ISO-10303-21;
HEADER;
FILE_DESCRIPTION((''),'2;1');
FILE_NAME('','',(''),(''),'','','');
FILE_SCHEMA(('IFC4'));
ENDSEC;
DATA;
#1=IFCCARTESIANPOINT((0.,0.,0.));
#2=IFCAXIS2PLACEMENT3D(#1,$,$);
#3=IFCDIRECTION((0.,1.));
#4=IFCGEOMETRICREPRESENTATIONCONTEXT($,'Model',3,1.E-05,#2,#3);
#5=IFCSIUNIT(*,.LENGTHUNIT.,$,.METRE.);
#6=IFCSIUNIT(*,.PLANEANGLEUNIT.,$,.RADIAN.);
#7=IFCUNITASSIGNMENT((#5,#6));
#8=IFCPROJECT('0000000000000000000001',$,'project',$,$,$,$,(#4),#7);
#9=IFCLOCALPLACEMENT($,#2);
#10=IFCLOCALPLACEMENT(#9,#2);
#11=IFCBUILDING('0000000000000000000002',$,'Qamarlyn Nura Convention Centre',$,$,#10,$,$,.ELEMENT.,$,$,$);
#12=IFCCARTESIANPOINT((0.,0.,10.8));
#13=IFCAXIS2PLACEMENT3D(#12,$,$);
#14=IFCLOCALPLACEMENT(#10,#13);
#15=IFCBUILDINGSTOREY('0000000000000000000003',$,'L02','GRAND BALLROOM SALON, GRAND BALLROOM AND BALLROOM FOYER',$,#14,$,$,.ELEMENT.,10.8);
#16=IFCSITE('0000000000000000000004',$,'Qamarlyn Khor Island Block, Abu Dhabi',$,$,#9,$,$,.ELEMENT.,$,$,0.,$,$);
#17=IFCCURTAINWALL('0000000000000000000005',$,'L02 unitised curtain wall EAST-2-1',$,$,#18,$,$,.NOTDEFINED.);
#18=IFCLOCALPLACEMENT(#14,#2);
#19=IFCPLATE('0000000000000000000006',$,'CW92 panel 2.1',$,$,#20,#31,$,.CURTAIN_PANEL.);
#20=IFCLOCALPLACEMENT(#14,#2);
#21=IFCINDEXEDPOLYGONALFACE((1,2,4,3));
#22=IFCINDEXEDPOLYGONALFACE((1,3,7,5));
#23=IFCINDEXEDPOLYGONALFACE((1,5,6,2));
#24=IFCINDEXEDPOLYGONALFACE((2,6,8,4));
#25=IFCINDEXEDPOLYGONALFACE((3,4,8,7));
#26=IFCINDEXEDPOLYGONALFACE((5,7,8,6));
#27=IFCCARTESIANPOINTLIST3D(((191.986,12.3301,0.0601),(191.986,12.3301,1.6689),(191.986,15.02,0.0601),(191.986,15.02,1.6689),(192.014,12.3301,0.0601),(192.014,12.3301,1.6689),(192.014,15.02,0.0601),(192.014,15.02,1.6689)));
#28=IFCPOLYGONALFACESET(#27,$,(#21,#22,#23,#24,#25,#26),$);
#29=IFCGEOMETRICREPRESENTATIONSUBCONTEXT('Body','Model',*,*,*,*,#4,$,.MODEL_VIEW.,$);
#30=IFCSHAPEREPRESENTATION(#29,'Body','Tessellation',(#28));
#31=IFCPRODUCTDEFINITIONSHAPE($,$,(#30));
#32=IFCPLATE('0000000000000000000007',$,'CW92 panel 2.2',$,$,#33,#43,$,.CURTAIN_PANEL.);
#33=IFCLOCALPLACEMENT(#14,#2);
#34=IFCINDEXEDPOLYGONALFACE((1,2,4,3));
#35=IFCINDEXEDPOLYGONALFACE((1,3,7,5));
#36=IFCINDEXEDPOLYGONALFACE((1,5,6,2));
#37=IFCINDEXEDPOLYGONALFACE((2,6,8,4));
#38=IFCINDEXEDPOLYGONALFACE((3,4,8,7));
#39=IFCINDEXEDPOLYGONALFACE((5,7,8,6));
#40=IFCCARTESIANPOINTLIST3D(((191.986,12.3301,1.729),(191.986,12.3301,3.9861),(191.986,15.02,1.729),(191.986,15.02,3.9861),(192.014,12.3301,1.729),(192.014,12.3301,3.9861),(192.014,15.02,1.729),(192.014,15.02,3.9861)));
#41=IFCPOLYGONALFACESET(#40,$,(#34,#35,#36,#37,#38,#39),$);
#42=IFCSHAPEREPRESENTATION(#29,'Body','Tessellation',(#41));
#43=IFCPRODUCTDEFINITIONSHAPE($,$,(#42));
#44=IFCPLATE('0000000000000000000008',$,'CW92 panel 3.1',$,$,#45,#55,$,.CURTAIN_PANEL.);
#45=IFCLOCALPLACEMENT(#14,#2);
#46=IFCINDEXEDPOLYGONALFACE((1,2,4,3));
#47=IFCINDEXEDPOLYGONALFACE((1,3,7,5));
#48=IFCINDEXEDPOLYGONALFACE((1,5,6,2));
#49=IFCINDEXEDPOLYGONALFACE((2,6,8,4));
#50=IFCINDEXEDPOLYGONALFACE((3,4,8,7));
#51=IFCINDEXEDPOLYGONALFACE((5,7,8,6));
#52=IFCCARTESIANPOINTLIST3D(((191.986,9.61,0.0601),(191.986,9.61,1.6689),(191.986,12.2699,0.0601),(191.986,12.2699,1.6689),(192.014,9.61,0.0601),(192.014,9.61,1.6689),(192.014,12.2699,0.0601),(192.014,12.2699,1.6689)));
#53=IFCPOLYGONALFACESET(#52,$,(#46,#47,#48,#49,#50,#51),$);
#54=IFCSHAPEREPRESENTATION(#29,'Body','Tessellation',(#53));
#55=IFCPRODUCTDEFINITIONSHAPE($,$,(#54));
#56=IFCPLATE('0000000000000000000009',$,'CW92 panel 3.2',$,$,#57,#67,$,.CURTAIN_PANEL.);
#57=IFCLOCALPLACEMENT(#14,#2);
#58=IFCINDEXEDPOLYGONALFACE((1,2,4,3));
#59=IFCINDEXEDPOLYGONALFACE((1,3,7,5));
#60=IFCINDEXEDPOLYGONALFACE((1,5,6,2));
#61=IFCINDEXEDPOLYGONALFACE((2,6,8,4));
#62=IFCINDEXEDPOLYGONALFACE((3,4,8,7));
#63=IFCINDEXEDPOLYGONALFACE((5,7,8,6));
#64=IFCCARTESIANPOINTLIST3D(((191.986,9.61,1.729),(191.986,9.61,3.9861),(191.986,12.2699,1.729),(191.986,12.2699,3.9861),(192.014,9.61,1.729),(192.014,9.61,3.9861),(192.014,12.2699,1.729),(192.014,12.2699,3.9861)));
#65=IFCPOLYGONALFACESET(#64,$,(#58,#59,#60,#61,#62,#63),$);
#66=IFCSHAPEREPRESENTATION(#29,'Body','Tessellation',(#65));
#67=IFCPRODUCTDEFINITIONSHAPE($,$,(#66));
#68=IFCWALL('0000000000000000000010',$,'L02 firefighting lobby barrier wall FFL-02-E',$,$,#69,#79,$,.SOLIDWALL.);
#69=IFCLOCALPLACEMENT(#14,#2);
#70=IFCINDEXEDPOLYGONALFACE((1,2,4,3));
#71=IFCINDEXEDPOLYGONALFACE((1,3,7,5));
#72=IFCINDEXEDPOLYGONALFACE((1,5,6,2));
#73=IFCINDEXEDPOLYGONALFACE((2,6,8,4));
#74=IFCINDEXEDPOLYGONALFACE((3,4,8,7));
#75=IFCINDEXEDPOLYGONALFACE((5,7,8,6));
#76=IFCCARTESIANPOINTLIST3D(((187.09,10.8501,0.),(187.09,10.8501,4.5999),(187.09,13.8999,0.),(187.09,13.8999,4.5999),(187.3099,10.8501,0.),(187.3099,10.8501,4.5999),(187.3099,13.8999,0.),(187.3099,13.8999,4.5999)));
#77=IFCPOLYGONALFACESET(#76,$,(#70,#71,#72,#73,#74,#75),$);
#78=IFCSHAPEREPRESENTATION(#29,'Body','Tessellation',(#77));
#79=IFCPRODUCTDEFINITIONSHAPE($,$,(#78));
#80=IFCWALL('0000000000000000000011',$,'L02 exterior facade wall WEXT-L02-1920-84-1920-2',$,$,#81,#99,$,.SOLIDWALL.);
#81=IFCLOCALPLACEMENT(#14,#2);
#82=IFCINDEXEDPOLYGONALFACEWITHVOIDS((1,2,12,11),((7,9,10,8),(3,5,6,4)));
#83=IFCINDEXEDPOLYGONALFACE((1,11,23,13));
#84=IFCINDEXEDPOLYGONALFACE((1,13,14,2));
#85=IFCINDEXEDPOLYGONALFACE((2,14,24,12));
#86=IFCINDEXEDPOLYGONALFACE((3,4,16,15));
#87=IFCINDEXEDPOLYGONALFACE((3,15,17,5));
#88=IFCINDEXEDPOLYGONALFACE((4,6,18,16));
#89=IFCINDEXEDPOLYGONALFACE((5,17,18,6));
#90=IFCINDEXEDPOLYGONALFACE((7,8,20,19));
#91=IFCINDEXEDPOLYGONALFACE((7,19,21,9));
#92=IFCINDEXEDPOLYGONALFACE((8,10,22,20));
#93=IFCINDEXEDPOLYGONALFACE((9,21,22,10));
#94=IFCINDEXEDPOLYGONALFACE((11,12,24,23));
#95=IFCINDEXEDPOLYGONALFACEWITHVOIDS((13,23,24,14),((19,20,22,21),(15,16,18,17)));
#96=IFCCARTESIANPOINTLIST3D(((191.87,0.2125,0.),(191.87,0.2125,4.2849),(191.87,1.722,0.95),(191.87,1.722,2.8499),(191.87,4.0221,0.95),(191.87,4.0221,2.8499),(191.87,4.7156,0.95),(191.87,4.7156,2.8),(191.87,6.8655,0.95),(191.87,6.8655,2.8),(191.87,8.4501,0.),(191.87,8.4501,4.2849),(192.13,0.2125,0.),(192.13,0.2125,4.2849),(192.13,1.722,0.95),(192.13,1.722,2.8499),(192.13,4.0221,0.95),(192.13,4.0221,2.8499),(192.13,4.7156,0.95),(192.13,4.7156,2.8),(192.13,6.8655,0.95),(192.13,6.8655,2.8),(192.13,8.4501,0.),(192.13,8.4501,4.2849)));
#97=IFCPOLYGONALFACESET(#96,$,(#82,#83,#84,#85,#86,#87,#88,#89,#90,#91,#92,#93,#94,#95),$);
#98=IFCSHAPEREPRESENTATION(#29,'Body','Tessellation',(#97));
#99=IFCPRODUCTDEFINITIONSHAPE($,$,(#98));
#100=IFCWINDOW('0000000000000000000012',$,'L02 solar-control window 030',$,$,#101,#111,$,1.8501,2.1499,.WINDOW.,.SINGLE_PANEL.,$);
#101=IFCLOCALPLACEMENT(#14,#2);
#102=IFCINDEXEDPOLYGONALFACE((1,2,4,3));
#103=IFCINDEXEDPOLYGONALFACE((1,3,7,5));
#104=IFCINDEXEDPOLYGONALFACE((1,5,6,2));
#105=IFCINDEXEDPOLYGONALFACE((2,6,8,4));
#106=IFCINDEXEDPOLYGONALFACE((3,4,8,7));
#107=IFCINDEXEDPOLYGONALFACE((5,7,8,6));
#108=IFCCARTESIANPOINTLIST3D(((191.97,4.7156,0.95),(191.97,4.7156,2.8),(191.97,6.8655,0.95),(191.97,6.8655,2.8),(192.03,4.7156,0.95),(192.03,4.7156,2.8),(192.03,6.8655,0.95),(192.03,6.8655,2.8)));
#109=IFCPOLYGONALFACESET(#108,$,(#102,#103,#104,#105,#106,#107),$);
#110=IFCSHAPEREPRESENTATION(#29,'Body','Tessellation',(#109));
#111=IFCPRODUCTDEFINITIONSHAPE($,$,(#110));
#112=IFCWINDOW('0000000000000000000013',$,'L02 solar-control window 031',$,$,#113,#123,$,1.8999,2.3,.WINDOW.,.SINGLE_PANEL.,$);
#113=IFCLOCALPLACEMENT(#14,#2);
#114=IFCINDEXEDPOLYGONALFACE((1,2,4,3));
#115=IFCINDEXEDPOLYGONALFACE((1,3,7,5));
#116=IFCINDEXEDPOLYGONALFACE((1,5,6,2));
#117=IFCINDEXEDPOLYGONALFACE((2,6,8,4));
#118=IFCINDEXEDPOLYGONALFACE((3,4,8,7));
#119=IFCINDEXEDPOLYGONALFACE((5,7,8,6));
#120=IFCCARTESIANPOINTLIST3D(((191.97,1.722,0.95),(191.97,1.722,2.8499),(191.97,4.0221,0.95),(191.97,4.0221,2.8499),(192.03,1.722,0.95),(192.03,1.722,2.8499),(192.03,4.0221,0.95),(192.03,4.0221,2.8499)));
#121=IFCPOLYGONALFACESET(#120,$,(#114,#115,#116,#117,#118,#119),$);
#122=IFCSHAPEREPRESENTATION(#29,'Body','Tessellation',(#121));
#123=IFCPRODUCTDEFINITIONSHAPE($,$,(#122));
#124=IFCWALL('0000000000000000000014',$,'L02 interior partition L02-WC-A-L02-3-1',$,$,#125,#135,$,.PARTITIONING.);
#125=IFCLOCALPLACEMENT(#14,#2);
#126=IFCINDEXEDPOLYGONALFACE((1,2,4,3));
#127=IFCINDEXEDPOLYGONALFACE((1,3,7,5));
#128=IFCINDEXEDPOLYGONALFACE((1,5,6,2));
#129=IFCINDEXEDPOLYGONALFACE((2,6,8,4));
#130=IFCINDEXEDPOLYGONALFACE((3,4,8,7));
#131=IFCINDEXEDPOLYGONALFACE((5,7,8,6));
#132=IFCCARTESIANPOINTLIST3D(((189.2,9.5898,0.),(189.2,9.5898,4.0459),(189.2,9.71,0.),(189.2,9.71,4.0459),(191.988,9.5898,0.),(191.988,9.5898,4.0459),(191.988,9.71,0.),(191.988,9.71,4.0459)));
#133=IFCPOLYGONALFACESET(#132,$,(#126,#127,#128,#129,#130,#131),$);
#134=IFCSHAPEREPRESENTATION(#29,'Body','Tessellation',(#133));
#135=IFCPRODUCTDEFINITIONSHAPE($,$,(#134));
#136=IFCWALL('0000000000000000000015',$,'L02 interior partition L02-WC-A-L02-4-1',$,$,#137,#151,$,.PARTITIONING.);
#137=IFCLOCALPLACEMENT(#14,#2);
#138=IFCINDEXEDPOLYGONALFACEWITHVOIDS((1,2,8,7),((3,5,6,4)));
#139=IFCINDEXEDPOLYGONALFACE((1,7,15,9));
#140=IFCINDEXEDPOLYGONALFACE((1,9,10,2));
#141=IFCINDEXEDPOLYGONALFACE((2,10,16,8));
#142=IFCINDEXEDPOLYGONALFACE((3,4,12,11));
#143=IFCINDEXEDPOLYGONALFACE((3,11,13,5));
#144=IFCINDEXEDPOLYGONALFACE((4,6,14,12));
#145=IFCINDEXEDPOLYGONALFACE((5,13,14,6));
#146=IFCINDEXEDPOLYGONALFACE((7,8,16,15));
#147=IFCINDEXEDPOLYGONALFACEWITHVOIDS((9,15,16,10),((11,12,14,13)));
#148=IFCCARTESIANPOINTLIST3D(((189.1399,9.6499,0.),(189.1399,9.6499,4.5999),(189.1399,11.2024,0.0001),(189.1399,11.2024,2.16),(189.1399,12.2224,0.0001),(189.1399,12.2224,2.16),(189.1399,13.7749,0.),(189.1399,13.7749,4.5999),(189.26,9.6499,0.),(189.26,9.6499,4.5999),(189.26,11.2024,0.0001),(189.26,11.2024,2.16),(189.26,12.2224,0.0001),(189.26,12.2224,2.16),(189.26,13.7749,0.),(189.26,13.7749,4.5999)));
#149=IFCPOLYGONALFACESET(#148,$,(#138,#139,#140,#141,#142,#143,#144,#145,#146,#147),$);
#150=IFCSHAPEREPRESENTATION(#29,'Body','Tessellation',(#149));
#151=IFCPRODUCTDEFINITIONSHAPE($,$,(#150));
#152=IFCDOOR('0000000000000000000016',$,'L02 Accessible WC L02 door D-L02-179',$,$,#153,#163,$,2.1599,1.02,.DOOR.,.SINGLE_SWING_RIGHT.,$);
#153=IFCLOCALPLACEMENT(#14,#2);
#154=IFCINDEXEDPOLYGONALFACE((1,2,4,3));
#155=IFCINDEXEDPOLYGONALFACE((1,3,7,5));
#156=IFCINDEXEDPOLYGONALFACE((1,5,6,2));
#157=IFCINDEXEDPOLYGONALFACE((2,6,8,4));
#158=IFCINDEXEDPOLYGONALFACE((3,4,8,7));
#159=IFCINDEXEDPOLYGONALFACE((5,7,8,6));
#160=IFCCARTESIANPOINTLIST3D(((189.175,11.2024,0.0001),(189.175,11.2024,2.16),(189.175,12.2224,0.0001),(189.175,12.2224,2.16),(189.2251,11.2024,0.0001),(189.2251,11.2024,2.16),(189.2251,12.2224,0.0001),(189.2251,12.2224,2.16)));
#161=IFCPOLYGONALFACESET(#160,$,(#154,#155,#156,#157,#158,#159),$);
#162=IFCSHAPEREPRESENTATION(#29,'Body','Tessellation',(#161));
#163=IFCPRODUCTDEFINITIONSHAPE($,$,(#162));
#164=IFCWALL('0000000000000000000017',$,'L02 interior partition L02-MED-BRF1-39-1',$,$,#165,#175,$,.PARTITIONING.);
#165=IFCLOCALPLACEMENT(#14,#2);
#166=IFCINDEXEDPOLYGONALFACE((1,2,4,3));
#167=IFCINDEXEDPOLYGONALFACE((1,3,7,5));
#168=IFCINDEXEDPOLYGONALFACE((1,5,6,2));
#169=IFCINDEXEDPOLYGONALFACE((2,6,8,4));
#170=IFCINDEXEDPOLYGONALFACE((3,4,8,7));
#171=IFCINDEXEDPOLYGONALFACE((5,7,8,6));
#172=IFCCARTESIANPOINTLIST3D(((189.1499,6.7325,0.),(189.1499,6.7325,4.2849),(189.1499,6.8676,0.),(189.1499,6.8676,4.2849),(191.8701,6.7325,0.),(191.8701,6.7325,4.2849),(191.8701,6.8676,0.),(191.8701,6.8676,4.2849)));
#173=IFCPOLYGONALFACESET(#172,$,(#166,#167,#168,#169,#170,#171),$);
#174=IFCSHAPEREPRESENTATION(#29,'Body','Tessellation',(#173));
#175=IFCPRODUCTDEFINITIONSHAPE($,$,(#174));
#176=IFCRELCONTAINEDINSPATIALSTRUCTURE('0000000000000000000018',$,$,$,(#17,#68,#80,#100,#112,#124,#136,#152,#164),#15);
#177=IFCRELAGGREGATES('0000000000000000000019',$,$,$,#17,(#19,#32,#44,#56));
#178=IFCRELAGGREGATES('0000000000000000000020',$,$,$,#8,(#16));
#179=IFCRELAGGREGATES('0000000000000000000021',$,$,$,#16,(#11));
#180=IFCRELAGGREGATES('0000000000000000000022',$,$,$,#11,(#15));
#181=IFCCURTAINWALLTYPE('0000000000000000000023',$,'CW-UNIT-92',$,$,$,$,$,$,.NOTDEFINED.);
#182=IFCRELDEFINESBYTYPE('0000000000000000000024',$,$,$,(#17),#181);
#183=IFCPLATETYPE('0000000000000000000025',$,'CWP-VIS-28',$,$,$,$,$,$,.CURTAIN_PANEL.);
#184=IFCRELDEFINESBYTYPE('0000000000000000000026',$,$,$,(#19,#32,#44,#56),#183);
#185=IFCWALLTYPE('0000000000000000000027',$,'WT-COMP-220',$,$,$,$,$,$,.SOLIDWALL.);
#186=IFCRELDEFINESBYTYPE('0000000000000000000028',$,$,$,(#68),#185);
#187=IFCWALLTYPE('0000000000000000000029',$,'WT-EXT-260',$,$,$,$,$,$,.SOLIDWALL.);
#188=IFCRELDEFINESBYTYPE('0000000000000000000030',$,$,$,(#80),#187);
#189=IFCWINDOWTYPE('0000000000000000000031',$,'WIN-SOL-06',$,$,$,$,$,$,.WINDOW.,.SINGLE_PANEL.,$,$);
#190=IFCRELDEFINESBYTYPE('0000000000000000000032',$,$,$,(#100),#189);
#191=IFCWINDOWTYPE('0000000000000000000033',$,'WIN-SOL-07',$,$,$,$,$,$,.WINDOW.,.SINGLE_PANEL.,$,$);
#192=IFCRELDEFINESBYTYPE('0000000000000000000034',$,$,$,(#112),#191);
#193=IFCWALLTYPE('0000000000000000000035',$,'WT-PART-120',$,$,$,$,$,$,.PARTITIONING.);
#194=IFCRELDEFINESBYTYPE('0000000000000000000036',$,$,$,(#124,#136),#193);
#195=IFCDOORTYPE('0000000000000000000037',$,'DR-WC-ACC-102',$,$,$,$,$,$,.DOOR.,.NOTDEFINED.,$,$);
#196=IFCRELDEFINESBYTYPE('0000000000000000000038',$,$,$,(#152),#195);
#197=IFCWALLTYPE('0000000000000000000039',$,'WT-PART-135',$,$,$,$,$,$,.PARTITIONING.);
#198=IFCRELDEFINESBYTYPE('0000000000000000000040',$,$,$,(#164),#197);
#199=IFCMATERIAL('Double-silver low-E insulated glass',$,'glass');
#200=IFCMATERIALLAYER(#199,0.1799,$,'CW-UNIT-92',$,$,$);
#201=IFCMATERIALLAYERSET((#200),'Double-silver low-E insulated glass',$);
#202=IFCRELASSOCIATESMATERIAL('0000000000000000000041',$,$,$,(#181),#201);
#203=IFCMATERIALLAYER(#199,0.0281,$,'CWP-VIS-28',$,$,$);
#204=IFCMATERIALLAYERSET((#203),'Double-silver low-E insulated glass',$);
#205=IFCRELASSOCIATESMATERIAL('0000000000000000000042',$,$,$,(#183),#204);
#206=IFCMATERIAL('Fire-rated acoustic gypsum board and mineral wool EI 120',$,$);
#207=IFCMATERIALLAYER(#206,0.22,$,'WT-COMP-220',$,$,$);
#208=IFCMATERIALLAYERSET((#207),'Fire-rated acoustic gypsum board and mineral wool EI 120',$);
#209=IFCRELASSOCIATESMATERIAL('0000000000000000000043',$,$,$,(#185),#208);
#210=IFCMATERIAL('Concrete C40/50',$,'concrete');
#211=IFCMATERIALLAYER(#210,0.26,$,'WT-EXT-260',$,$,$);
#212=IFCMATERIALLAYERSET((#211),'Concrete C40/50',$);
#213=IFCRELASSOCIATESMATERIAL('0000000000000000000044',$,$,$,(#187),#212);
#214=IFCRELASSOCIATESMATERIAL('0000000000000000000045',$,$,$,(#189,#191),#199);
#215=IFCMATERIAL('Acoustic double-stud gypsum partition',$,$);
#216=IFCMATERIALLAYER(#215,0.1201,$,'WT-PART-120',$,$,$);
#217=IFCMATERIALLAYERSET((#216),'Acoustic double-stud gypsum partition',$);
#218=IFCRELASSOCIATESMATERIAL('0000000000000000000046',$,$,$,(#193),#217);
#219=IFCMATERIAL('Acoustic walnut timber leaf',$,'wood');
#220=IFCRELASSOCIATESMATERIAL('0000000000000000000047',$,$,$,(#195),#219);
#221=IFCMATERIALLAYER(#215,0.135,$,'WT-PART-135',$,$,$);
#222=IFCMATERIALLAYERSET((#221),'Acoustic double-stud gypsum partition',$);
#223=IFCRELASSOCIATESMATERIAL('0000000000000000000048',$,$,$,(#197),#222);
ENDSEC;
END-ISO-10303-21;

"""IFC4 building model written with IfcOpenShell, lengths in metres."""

from ifc_helpers import new_model, si_unit, direction, frame, frame_2d, origin, origin_2d, place, context, subcontext, project, spatial, rectangle, extrude, material, layer, layer_set, type_object, element, fill, aggregate, save


model = new_model("IFC4")

# Units and contexts
model_context = context("Model", 3, precision=1e-05, world=origin(), true_north=direction((0.0, 1.0)))
body_context = subcontext(model_context, "Body", "Model", "MODEL_VIEW")
ifc_project = project(units=[si_unit("LENGTHUNIT", "METRE"), si_unit("PLANEANGLEUNIT", "RADIAN")], contexts=[model_context])

# Site, building, storey
site_placement = place(None, origin())
site = spatial("IfcSite", under=ifc_project, at=site_placement, Name="Qamarlyn Khor Island Block, Abu Dhabi", CompositionType="ELEMENT", RefElevation=0.0)
building_placement = place(site_placement, origin())
building = spatial("IfcBuilding", under=site, at=building_placement, Name="Qamarlyn Nura Convention Centre", CompositionType="ELEMENT")
storey_placement = place(building_placement, frame((0.0, 0.0, 10.8)))
storey = spatial("IfcBuildingStorey", under=building, at=storey_placement, Name="L02", Description="GRAND BALLROOM SALON, GRAND BALLROOM AND BALLROOM FOYER", CompositionType="ELEMENT", Elevation=10.8)

# Curtain wall, plates
ifc_material_1 = material(Name="Double-silver low-E insulated glass", Category="glass")
ifc_layer_1 = layer(ifc_material_1, 0.1799, Name="CW-UNIT-92")
ifc_layer_set_1 = layer_set([ifc_layer_1], Name="Double-silver low-E insulated glass")
curtain_wall_type = type_object("IfcCurtainWallType", Name="CW-UNIT-92", PredefinedType="NOTDEFINED", material=ifc_layer_set_1)
curtain_wall_placement = place(storey_placement, origin())
curtain_wall = element("IfcCurtainWall", 1, at=curtain_wall_placement, inside=storey, type_object=curtain_wall_type, Name="L02 unitised curtain wall EAST-2-1", PredefinedType="NOTDEFINED")
ifc_layer_2 = layer(ifc_material_1, 0.0281, Name="CWP-VIS-28")
ifc_layer_set_2 = layer_set([ifc_layer_2], Name="Double-silver low-E insulated glass")
plate_type = type_object("IfcPlateType", Name="CWP-VIS-28", PredefinedType="CURTAIN_PANEL", material=ifc_layer_set_2)
plate_1_placement = place(storey_placement, frame((192.0, 13.675, 0.0601), z_axis=(0.0, 0.0, 1.0), x_axis=(0.0, -1.0, 0.0)))
plate_1 = element("IfcPlate", 2, at=plate_1_placement, type_object=plate_type, Name="CW92 panel 2.1", PredefinedType="CURTAIN_PANEL", context=body_context, shape_type="SweptSolid", body=[
    extrude(rectangle(XDim=2.6899, YDim=0.0281, at=origin_2d()), origin(), (0.0, 0.0, 1.0), 1.6089),
])
plate_2_placement = place(storey_placement, frame((192.0, 13.675, 1.729), z_axis=(0.0, 0.0, 1.0), x_axis=(0.0, -1.0, 0.0)))
plate_2 = element("IfcPlate", 3, at=plate_2_placement, type_object=plate_type, Name="CW92 panel 2.2", PredefinedType="CURTAIN_PANEL", context=body_context, shape_type="SweptSolid", body=[
    extrude(rectangle(XDim=2.6899, YDim=0.0281, at=origin_2d()), origin(), (0.0, 0.0, 1.0), 2.2571),
])
plate_3_placement = place(storey_placement, frame((192.0, 10.9399, 0.0601), z_axis=(0.0, 0.0, 1.0), x_axis=(0.0, -1.0, 0.0)))
plate_3 = element("IfcPlate", 4, at=plate_3_placement, type_object=plate_type, Name="CW92 panel 3.1", PredefinedType="CURTAIN_PANEL", context=body_context, shape_type="SweptSolid", body=[
    extrude(rectangle(XDim=2.6599, YDim=0.0281, at=origin_2d()), origin(), (0.0, 0.0, 1.0), 1.6089),
])
plate_4_placement = place(storey_placement, frame((192.0, 10.9399, 1.729), z_axis=(0.0, 0.0, 1.0), x_axis=(0.0, -1.0, 0.0)))
plate_4 = element("IfcPlate", 5, at=plate_4_placement, type_object=plate_type, Name="CW92 panel 3.2", PredefinedType="CURTAIN_PANEL", context=body_context, shape_type="SweptSolid", body=[
    extrude(rectangle(XDim=2.6599, YDim=0.0281, at=origin_2d()), origin(), (0.0, 0.0, 1.0), 2.2571),
])
aggregate(curtain_wall, [plate_1, plate_2, plate_3, plate_4])

# Wall
ifc_material_2 = material(Name="Fire-rated acoustic gypsum board and mineral wool EI 120")
ifc_layer_3 = layer(ifc_material_2, 0.22, Name="WT-COMP-220")
ifc_layer_set_3 = layer_set([ifc_layer_3], Name="Fire-rated acoustic gypsum board and mineral wool EI 120")
wall_type_1 = type_object("IfcWallType", Name="WT-COMP-220", PredefinedType="SOLIDWALL", material=ifc_layer_set_3)
wall_1_placement = place(storey_placement, frame((187.2, 10.8501, 0.0), z_axis=(0.0, 0.0, 1.0), x_axis=(0.0, 1.0, 0.0)))
element("IfcWall", 6, at=wall_1_placement, inside=storey, type_object=wall_type_1, Name="L02 firefighting lobby barrier wall FFL-02-E", PredefinedType="SOLIDWALL", context=body_context, shape_type="SweptSolid", body=[
    extrude(rectangle(XDim=3.0498, YDim=0.22, at=frame_2d((1.5249, 0.0))), origin(), (0.0, 0.0, 1.0), 4.5999),
])

# Wall, openings, windows
ifc_material_3 = material(Name="Concrete C40/50", Category="concrete")
ifc_layer_4 = layer(ifc_material_3, 0.26, Name="WT-EXT-260")
ifc_layer_set_4 = layer_set([ifc_layer_4], Name="Concrete C40/50")
wall_type_2 = type_object("IfcWallType", Name="WT-EXT-260", PredefinedType="SOLIDWALL", material=ifc_layer_set_4)
wall_2_placement = place(storey_placement, frame((192.0, 8.45, 0.0), z_axis=(0.0, 0.0, 1.0), x_axis=(0.0, -1.0, 0.0)))
wall_2 = element("IfcWall", 7, at=wall_2_placement, inside=storey, type_object=wall_type_2, Name="L02 exterior facade wall WEXT-L02-1920-84-1920-2", PredefinedType="SOLIDWALL", context=body_context, shape_type="SweptSolid", body=[
    extrude(rectangle(XDim=8.2375, YDim=0.26, at=frame_2d((4.1187, 0.0))), origin(), (0.0, 0.0, 1.0), 4.2849),
])
opening_1_placement = place(wall_2_placement, frame((1.5845, 0.0, 0.95)))
opening_1 = element("IfcOpeningElement", 8, at=opening_1_placement, cuts=wall_2, PredefinedType="OPENING", context=body_context, shape_type="SweptSolid", body=[
    extrude(rectangle(XDim=2.1499, YDim=1.8501, at=frame_2d((1.075, 0.925))), frame((0.0, 0.1401, 0.0), z_axis=(0.0, -1.0, 0.0), x_axis=(1.0, 0.0, 0.0)), (0.0, 0.0, 1.0), 0.28),
])
opening_2_placement = place(wall_2_placement, frame((4.428, 0.0, 0.95)))
opening_2 = element("IfcOpeningElement", 9, at=opening_2_placement, cuts=wall_2, PredefinedType="OPENING", context=body_context, shape_type="SweptSolid", body=[
    extrude(rectangle(XDim=2.3, YDim=1.8999, at=frame_2d((1.1499, 0.95))), frame((0.0, 0.1401, 0.0), z_axis=(0.0, -1.0, 0.0), x_axis=(1.0, 0.0, 0.0)), (0.0, 0.0, 1.0), 0.28),
])
window_type_1 = type_object("IfcWindowType", Name="WIN-SOL-06", PartitioningType="SINGLE_PANEL", PredefinedType="WINDOW", material=ifc_material_1)
window_1_placement = place(opening_1_placement, origin())
window_1 = element("IfcWindow", 10, at=window_1_placement, inside=storey, type_object=window_type_1, Name="L02 solar-control window 030", OverallHeight=1.8501, OverallWidth=2.1499, PartitioningType="SINGLE_PANEL", PredefinedType="WINDOW", context=body_context, shape_type="SweptSolid", body=[
    extrude(rectangle(XDim=2.1499, YDim=1.8501, at=frame_2d((1.075, 0.925))), frame((0.0, 0.03, 0.0), z_axis=(0.0, -1.0, 0.0), x_axis=(1.0, 0.0, 0.0)), (0.0, 0.0, 1.0), 0.0601),
])
fill(opening_1, window_1)
window_type_2 = type_object("IfcWindowType", Name="WIN-SOL-07", PartitioningType="SINGLE_PANEL", PredefinedType="WINDOW", material=ifc_material_1)
window_2_placement = place(opening_2_placement, origin())
window_2 = element("IfcWindow", 11, at=window_2_placement, inside=storey, type_object=window_type_2, Name="L02 solar-control window 031", OverallHeight=1.8999, OverallWidth=2.3, PartitioningType="SINGLE_PANEL", PredefinedType="WINDOW", context=body_context, shape_type="SweptSolid", body=[
    extrude(rectangle(XDim=2.3, YDim=1.8999, at=frame_2d((1.1499, 0.95))), frame((0.0, 0.03, 0.0), z_axis=(0.0, -1.0, 0.0), x_axis=(1.0, 0.0, 0.0)), (0.0, 0.0, 1.0), 0.0601),
])
fill(opening_2, window_2)

# Wall
ifc_material_4 = material(Name="Acoustic double-stud gypsum partition")
ifc_layer_5 = layer(ifc_material_4, 0.1201, Name="WT-PART-120")
ifc_layer_set_5 = layer_set([ifc_layer_5], Name="Acoustic double-stud gypsum partition")
wall_type_3 = type_object("IfcWallType", Name="WT-PART-120", PredefinedType="PARTITIONING", material=ifc_layer_set_5)
wall_3_placement = place(storey_placement, frame((191.988, 9.6499, 0.0), z_axis=(0.0, 0.0, 1.0), x_axis=(-1.0, 0.0, 0.0)))
element("IfcWall", 12, at=wall_3_placement, inside=storey, type_object=wall_type_3, Name="L02 interior partition L02-WC-A-L02-3-1", PredefinedType="PARTITIONING", context=body_context, shape_type="SweptSolid", body=[
    extrude(rectangle(XDim=2.7881, YDim=0.1201, at=frame_2d((1.394, 0.0))), origin(), (0.0, 0.0, 1.0), 4.0459),
])

# Wall, opening, door
wall_4_placement = place(storey_placement, frame((189.2, 9.6499, 0.0), z_axis=(0.0, 0.0, 1.0), x_axis=(0.0, 1.0, 0.0)))
wall_4 = element("IfcWall", 13, at=wall_4_placement, inside=storey, type_object=wall_type_3, Name="L02 interior partition L02-WC-A-L02-4-1", PredefinedType="PARTITIONING", context=body_context, shape_type="SweptSolid", body=[
    extrude(rectangle(XDim=4.125, YDim=0.1201, at=frame_2d((2.0625, 0.0))), origin(), (0.0, 0.0, 1.0), 4.5999),
])
opening_3_placement = place(wall_4_placement, frame((1.5525, 0.0, 0.0)))
opening_3 = element("IfcOpeningElement", 14, at=opening_3_placement, cuts=wall_4, PredefinedType="OPENING", context=body_context, shape_type="SweptSolid", body=[
    extrude(rectangle(XDim=1.02, YDim=2.1599, at=frame_2d((0.51, 1.0801))), frame((0.0, 0.0701, 0.0), z_axis=(0.0, -1.0, 0.0), x_axis=(1.0, 0.0, 0.0)), (0.0, 0.0, 1.0), 0.1401),
])
ifc_material_5 = material(Name="Acoustic walnut timber leaf", Category="wood")
door_type_1 = type_object("IfcDoorType", Name="DR-WC-ACC-102", OperationType="NOTDEFINED", PredefinedType="DOOR", material=ifc_material_5)
door_1_placement = place(opening_3_placement, origin())
door_1 = element("IfcDoor", 15, at=door_1_placement, inside=storey, type_object=door_type_1, Name="L02 Accessible WC L02 door D-L02-179", OperationType="SINGLE_SWING_RIGHT", OverallHeight=2.1599, OverallWidth=1.02, PredefinedType="DOOR", context=body_context, shape_type="SweptSolid", body=[
    extrude(rectangle(XDim=1.02, YDim=2.1599, at=frame_2d((0.51, 1.0801))), frame((0.0, 0.0249, 0.0), z_axis=(0.0, -1.0, 0.0), x_axis=(1.0, 0.0, 0.0)), (0.0, 0.0, 1.0), 0.05),
])
fill(opening_3, door_1)
ifc_layer_6 = layer(ifc_material_4, 0.135, Name="WT-PART-135")
ifc_layer_set_6 = layer_set([ifc_layer_6], Name="Acoustic double-stud gypsum partition")
wall_type_4 = type_object("IfcWallType", Name="WT-PART-135", PredefinedType="PARTITIONING", material=ifc_layer_set_6)

# Wall
wall_5_placement = place(storey_placement, frame((189.1499, 6.8, 0.0), z_axis=(0.0, 0.0, 1.0), x_axis=(1.0, 0.0, 0.0)))
element("IfcWall", 16, at=wall_5_placement, inside=storey, type_object=wall_type_4, Name="L02 interior partition L02-MED-BRF1-39-1", PredefinedType="PARTITIONING", context=body_context, shape_type="SweptSolid", body=[
    extrude(rectangle(XDim=2.7202, YDim=0.135, at=frame_2d((1.3601, 0.0))), origin(), (0.0, 0.0, 1.0), 4.2849),
])

save(model, "model.ifc")
